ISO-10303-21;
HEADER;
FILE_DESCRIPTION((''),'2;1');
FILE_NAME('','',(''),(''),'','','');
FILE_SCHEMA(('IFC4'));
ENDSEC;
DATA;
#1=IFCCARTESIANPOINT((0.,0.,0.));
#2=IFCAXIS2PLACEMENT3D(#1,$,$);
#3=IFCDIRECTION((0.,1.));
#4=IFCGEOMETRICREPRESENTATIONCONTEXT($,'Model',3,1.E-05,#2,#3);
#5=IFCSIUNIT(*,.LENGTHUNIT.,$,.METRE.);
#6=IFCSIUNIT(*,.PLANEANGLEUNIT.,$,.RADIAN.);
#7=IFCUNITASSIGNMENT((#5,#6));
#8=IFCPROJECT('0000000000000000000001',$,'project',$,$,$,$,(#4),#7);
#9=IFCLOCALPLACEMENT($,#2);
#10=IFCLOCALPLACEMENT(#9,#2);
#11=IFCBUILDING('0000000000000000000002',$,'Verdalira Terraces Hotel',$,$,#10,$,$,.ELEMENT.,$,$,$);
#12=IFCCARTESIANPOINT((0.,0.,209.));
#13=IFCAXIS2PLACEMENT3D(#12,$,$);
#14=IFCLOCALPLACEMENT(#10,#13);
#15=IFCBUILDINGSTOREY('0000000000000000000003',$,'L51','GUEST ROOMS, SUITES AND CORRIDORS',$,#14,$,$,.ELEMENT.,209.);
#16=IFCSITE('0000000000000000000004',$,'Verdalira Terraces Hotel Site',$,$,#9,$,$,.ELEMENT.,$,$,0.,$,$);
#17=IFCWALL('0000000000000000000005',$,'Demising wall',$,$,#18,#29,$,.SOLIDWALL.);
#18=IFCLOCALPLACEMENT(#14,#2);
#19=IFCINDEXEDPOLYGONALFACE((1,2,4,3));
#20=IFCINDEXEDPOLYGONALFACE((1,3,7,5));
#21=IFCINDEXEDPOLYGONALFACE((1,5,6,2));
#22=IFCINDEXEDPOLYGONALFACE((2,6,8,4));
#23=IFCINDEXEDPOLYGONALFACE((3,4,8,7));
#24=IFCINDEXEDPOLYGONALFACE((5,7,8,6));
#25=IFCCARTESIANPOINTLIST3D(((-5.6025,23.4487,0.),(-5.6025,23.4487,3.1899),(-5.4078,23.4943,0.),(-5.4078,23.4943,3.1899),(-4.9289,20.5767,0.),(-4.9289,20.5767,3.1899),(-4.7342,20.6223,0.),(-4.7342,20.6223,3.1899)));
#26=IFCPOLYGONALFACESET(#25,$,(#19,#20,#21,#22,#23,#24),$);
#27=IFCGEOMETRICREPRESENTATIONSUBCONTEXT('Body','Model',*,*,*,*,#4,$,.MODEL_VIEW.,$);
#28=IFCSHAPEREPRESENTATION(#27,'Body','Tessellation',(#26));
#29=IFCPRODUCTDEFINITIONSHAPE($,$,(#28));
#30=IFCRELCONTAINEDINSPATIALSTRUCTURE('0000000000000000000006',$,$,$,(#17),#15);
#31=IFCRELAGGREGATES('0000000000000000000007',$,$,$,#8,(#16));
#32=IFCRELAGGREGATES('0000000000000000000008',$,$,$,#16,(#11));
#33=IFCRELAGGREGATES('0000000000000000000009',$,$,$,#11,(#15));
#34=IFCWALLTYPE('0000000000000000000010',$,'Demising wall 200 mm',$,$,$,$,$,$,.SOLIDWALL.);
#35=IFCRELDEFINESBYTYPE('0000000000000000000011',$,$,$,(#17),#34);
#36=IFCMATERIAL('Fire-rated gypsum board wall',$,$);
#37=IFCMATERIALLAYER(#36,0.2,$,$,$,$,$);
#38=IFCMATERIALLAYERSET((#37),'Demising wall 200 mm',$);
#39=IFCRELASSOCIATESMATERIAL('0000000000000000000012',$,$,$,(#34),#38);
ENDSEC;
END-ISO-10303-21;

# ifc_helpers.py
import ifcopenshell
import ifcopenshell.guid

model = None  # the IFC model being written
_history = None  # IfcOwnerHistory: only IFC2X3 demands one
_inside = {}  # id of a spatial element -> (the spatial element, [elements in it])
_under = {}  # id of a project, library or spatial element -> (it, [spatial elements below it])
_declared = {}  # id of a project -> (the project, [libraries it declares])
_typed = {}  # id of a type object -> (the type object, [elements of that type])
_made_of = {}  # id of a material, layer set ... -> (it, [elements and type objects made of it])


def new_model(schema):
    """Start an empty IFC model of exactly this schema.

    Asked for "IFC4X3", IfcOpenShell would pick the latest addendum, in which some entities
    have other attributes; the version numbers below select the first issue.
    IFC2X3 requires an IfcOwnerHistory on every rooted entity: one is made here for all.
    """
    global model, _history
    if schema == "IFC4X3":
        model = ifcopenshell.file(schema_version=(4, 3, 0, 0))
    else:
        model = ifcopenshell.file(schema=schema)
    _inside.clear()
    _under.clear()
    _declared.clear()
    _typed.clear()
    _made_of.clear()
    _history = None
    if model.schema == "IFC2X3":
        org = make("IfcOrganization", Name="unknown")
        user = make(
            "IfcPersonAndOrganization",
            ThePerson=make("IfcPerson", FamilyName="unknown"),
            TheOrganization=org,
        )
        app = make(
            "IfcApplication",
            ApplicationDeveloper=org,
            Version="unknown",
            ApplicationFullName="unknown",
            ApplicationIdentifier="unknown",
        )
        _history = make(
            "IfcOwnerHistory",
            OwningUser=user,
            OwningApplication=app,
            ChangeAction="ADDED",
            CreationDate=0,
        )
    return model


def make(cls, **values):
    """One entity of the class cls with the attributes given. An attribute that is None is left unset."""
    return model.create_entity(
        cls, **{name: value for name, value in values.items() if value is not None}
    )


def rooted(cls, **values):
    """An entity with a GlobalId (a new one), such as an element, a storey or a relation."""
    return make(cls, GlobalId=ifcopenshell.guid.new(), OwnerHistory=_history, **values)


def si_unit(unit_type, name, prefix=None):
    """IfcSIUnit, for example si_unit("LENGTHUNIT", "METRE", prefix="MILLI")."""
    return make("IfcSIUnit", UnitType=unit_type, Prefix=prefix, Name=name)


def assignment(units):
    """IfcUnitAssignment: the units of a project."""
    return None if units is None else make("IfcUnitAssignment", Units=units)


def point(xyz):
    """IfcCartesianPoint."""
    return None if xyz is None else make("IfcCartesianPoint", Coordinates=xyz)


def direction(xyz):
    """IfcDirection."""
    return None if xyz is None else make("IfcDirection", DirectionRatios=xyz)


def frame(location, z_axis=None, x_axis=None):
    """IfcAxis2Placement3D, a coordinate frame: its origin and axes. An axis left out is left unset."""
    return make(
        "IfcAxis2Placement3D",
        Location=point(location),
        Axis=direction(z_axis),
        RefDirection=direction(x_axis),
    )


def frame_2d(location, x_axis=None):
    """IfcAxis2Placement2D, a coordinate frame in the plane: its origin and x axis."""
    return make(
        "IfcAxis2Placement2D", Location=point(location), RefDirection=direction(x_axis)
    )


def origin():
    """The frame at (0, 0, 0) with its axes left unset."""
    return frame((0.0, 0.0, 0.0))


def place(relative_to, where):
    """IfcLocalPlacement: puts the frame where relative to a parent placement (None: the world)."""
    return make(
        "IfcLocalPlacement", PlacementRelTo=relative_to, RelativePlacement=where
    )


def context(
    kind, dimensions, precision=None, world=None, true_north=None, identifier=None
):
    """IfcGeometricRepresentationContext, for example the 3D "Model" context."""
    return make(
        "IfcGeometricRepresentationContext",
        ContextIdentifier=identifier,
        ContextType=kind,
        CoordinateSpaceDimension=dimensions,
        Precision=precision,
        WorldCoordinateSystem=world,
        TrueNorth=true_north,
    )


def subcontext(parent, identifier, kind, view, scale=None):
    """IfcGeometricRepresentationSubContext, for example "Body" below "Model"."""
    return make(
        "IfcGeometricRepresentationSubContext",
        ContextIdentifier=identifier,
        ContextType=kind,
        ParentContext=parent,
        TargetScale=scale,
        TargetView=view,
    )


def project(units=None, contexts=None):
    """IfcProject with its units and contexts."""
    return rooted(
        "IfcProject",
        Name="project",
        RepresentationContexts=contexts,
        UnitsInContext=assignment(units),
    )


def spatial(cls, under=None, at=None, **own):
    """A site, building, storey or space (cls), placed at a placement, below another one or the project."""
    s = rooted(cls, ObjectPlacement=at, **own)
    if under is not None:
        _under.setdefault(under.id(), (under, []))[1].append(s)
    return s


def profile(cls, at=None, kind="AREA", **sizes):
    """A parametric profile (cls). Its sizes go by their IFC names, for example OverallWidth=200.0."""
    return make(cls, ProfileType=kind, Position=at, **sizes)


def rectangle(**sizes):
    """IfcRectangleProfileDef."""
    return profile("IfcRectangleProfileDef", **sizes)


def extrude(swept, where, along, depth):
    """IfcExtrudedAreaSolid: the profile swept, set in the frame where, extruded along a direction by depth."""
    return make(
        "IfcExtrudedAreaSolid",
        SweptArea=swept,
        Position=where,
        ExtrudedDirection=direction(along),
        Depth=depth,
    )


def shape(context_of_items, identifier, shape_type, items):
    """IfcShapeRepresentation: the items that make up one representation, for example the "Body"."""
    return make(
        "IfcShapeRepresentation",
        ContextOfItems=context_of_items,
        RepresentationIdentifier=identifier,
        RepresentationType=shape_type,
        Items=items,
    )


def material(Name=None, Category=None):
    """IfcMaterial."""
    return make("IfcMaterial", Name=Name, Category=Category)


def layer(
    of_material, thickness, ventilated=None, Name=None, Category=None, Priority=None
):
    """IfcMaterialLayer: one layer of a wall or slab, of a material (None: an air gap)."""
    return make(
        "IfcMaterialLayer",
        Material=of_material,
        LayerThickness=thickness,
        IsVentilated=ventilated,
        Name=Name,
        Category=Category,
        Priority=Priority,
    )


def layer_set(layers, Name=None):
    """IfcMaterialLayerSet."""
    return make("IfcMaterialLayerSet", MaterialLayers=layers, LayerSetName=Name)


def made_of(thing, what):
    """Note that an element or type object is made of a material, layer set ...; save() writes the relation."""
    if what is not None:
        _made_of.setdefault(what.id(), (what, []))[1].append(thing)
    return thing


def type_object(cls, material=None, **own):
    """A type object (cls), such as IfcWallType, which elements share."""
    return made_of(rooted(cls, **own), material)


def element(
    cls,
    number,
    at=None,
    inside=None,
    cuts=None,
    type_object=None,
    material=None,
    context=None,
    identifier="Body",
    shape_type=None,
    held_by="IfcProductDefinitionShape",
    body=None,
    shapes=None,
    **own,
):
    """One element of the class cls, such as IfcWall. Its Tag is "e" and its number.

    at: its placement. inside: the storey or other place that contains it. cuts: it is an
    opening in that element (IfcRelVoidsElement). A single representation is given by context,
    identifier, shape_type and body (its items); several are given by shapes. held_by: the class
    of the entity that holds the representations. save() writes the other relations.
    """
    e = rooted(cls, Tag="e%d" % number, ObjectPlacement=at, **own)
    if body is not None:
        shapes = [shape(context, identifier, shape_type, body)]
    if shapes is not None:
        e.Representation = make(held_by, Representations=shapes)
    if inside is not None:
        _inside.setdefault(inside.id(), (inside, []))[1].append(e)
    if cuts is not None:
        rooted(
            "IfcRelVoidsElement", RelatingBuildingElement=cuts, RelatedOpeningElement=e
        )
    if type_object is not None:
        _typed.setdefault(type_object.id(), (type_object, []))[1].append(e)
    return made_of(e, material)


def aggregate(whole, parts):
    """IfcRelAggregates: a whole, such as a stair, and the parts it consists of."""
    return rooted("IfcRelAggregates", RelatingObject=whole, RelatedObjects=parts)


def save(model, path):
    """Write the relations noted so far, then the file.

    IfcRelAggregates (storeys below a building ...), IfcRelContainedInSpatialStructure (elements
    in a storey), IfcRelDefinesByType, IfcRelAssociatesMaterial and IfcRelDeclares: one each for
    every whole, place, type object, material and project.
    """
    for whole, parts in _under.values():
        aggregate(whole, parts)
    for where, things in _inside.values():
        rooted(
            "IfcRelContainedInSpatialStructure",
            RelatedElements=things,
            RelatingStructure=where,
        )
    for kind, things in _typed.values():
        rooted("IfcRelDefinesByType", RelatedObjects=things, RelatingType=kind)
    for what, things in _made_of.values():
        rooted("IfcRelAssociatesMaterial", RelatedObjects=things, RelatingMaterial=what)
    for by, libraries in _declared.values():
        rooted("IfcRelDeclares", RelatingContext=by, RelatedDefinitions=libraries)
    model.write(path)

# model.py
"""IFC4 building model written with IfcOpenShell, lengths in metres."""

from ifc_helpers import new_model, si_unit, direction, frame, frame_2d, origin, place, context, subcontext, project, spatial, rectangle, extrude, material, layer, layer_set, type_object, element, save


model = new_model("IFC4")

# Units and contexts
model_context = context("Model", 3, precision=1e-05, world=origin(), true_north=direction((0.0, 1.0)))
body_context = subcontext(model_context, "Body", "Model", "MODEL_VIEW")
ifc_project = project(units=[si_unit("LENGTHUNIT", "METRE"), si_unit("PLANEANGLEUNIT", "RADIAN")], contexts=[model_context])

# Site, building, storey
site_placement = place(None, origin())
site = spatial("IfcSite", under=ifc_project, at=site_placement, Name="Verdalira Terraces Hotel Site", CompositionType="ELEMENT", RefElevation=0.0)
building_placement = place(site_placement, origin())
building = spatial("IfcBuilding", under=site, at=building_placement, Name="Verdalira Terraces Hotel", CompositionType="ELEMENT")
storey_placement = place(building_placement, frame((0.0, 0.0, 209.0)))
storey = spatial("IfcBuildingStorey", under=building, at=storey_placement, Name="L51", Description="GUEST ROOMS, SUITES AND CORRIDORS", CompositionType="ELEMENT", Elevation=209.0)

# Wall
ifc_material_1 = material(Name="Fire-rated gypsum board wall")
ifc_layer_1 = layer(ifc_material_1, 0.2)
ifc_layer_set_1 = layer_set([ifc_layer_1], Name="Demising wall 200 mm")
wall_type_1 = type_object("IfcWallType", Name="Demising wall 200 mm", PredefinedType="SOLIDWALL", material=ifc_layer_set_1)
wall_1_placement = place(storey_placement, frame((-4.8315, 20.5994, 0.0), z_axis=(0.0, 0.0, 1.0), x_axis=(-0.228334, 0.973583, 0.0)))
element("IfcWall", 1, at=wall_1_placement, inside=storey, type_object=wall_type_1, Name="Demising wall", PredefinedType="SOLIDWALL", context=body_context, shape_type="SweptSolid", body=[
    extrude(rectangle(XDim=2.95, YDim=0.2, at=frame_2d((1.4751, 0.0))), origin(), (0.0, 0.0, 1.0), 3.1899),
])

save(model, "model.ifc")
